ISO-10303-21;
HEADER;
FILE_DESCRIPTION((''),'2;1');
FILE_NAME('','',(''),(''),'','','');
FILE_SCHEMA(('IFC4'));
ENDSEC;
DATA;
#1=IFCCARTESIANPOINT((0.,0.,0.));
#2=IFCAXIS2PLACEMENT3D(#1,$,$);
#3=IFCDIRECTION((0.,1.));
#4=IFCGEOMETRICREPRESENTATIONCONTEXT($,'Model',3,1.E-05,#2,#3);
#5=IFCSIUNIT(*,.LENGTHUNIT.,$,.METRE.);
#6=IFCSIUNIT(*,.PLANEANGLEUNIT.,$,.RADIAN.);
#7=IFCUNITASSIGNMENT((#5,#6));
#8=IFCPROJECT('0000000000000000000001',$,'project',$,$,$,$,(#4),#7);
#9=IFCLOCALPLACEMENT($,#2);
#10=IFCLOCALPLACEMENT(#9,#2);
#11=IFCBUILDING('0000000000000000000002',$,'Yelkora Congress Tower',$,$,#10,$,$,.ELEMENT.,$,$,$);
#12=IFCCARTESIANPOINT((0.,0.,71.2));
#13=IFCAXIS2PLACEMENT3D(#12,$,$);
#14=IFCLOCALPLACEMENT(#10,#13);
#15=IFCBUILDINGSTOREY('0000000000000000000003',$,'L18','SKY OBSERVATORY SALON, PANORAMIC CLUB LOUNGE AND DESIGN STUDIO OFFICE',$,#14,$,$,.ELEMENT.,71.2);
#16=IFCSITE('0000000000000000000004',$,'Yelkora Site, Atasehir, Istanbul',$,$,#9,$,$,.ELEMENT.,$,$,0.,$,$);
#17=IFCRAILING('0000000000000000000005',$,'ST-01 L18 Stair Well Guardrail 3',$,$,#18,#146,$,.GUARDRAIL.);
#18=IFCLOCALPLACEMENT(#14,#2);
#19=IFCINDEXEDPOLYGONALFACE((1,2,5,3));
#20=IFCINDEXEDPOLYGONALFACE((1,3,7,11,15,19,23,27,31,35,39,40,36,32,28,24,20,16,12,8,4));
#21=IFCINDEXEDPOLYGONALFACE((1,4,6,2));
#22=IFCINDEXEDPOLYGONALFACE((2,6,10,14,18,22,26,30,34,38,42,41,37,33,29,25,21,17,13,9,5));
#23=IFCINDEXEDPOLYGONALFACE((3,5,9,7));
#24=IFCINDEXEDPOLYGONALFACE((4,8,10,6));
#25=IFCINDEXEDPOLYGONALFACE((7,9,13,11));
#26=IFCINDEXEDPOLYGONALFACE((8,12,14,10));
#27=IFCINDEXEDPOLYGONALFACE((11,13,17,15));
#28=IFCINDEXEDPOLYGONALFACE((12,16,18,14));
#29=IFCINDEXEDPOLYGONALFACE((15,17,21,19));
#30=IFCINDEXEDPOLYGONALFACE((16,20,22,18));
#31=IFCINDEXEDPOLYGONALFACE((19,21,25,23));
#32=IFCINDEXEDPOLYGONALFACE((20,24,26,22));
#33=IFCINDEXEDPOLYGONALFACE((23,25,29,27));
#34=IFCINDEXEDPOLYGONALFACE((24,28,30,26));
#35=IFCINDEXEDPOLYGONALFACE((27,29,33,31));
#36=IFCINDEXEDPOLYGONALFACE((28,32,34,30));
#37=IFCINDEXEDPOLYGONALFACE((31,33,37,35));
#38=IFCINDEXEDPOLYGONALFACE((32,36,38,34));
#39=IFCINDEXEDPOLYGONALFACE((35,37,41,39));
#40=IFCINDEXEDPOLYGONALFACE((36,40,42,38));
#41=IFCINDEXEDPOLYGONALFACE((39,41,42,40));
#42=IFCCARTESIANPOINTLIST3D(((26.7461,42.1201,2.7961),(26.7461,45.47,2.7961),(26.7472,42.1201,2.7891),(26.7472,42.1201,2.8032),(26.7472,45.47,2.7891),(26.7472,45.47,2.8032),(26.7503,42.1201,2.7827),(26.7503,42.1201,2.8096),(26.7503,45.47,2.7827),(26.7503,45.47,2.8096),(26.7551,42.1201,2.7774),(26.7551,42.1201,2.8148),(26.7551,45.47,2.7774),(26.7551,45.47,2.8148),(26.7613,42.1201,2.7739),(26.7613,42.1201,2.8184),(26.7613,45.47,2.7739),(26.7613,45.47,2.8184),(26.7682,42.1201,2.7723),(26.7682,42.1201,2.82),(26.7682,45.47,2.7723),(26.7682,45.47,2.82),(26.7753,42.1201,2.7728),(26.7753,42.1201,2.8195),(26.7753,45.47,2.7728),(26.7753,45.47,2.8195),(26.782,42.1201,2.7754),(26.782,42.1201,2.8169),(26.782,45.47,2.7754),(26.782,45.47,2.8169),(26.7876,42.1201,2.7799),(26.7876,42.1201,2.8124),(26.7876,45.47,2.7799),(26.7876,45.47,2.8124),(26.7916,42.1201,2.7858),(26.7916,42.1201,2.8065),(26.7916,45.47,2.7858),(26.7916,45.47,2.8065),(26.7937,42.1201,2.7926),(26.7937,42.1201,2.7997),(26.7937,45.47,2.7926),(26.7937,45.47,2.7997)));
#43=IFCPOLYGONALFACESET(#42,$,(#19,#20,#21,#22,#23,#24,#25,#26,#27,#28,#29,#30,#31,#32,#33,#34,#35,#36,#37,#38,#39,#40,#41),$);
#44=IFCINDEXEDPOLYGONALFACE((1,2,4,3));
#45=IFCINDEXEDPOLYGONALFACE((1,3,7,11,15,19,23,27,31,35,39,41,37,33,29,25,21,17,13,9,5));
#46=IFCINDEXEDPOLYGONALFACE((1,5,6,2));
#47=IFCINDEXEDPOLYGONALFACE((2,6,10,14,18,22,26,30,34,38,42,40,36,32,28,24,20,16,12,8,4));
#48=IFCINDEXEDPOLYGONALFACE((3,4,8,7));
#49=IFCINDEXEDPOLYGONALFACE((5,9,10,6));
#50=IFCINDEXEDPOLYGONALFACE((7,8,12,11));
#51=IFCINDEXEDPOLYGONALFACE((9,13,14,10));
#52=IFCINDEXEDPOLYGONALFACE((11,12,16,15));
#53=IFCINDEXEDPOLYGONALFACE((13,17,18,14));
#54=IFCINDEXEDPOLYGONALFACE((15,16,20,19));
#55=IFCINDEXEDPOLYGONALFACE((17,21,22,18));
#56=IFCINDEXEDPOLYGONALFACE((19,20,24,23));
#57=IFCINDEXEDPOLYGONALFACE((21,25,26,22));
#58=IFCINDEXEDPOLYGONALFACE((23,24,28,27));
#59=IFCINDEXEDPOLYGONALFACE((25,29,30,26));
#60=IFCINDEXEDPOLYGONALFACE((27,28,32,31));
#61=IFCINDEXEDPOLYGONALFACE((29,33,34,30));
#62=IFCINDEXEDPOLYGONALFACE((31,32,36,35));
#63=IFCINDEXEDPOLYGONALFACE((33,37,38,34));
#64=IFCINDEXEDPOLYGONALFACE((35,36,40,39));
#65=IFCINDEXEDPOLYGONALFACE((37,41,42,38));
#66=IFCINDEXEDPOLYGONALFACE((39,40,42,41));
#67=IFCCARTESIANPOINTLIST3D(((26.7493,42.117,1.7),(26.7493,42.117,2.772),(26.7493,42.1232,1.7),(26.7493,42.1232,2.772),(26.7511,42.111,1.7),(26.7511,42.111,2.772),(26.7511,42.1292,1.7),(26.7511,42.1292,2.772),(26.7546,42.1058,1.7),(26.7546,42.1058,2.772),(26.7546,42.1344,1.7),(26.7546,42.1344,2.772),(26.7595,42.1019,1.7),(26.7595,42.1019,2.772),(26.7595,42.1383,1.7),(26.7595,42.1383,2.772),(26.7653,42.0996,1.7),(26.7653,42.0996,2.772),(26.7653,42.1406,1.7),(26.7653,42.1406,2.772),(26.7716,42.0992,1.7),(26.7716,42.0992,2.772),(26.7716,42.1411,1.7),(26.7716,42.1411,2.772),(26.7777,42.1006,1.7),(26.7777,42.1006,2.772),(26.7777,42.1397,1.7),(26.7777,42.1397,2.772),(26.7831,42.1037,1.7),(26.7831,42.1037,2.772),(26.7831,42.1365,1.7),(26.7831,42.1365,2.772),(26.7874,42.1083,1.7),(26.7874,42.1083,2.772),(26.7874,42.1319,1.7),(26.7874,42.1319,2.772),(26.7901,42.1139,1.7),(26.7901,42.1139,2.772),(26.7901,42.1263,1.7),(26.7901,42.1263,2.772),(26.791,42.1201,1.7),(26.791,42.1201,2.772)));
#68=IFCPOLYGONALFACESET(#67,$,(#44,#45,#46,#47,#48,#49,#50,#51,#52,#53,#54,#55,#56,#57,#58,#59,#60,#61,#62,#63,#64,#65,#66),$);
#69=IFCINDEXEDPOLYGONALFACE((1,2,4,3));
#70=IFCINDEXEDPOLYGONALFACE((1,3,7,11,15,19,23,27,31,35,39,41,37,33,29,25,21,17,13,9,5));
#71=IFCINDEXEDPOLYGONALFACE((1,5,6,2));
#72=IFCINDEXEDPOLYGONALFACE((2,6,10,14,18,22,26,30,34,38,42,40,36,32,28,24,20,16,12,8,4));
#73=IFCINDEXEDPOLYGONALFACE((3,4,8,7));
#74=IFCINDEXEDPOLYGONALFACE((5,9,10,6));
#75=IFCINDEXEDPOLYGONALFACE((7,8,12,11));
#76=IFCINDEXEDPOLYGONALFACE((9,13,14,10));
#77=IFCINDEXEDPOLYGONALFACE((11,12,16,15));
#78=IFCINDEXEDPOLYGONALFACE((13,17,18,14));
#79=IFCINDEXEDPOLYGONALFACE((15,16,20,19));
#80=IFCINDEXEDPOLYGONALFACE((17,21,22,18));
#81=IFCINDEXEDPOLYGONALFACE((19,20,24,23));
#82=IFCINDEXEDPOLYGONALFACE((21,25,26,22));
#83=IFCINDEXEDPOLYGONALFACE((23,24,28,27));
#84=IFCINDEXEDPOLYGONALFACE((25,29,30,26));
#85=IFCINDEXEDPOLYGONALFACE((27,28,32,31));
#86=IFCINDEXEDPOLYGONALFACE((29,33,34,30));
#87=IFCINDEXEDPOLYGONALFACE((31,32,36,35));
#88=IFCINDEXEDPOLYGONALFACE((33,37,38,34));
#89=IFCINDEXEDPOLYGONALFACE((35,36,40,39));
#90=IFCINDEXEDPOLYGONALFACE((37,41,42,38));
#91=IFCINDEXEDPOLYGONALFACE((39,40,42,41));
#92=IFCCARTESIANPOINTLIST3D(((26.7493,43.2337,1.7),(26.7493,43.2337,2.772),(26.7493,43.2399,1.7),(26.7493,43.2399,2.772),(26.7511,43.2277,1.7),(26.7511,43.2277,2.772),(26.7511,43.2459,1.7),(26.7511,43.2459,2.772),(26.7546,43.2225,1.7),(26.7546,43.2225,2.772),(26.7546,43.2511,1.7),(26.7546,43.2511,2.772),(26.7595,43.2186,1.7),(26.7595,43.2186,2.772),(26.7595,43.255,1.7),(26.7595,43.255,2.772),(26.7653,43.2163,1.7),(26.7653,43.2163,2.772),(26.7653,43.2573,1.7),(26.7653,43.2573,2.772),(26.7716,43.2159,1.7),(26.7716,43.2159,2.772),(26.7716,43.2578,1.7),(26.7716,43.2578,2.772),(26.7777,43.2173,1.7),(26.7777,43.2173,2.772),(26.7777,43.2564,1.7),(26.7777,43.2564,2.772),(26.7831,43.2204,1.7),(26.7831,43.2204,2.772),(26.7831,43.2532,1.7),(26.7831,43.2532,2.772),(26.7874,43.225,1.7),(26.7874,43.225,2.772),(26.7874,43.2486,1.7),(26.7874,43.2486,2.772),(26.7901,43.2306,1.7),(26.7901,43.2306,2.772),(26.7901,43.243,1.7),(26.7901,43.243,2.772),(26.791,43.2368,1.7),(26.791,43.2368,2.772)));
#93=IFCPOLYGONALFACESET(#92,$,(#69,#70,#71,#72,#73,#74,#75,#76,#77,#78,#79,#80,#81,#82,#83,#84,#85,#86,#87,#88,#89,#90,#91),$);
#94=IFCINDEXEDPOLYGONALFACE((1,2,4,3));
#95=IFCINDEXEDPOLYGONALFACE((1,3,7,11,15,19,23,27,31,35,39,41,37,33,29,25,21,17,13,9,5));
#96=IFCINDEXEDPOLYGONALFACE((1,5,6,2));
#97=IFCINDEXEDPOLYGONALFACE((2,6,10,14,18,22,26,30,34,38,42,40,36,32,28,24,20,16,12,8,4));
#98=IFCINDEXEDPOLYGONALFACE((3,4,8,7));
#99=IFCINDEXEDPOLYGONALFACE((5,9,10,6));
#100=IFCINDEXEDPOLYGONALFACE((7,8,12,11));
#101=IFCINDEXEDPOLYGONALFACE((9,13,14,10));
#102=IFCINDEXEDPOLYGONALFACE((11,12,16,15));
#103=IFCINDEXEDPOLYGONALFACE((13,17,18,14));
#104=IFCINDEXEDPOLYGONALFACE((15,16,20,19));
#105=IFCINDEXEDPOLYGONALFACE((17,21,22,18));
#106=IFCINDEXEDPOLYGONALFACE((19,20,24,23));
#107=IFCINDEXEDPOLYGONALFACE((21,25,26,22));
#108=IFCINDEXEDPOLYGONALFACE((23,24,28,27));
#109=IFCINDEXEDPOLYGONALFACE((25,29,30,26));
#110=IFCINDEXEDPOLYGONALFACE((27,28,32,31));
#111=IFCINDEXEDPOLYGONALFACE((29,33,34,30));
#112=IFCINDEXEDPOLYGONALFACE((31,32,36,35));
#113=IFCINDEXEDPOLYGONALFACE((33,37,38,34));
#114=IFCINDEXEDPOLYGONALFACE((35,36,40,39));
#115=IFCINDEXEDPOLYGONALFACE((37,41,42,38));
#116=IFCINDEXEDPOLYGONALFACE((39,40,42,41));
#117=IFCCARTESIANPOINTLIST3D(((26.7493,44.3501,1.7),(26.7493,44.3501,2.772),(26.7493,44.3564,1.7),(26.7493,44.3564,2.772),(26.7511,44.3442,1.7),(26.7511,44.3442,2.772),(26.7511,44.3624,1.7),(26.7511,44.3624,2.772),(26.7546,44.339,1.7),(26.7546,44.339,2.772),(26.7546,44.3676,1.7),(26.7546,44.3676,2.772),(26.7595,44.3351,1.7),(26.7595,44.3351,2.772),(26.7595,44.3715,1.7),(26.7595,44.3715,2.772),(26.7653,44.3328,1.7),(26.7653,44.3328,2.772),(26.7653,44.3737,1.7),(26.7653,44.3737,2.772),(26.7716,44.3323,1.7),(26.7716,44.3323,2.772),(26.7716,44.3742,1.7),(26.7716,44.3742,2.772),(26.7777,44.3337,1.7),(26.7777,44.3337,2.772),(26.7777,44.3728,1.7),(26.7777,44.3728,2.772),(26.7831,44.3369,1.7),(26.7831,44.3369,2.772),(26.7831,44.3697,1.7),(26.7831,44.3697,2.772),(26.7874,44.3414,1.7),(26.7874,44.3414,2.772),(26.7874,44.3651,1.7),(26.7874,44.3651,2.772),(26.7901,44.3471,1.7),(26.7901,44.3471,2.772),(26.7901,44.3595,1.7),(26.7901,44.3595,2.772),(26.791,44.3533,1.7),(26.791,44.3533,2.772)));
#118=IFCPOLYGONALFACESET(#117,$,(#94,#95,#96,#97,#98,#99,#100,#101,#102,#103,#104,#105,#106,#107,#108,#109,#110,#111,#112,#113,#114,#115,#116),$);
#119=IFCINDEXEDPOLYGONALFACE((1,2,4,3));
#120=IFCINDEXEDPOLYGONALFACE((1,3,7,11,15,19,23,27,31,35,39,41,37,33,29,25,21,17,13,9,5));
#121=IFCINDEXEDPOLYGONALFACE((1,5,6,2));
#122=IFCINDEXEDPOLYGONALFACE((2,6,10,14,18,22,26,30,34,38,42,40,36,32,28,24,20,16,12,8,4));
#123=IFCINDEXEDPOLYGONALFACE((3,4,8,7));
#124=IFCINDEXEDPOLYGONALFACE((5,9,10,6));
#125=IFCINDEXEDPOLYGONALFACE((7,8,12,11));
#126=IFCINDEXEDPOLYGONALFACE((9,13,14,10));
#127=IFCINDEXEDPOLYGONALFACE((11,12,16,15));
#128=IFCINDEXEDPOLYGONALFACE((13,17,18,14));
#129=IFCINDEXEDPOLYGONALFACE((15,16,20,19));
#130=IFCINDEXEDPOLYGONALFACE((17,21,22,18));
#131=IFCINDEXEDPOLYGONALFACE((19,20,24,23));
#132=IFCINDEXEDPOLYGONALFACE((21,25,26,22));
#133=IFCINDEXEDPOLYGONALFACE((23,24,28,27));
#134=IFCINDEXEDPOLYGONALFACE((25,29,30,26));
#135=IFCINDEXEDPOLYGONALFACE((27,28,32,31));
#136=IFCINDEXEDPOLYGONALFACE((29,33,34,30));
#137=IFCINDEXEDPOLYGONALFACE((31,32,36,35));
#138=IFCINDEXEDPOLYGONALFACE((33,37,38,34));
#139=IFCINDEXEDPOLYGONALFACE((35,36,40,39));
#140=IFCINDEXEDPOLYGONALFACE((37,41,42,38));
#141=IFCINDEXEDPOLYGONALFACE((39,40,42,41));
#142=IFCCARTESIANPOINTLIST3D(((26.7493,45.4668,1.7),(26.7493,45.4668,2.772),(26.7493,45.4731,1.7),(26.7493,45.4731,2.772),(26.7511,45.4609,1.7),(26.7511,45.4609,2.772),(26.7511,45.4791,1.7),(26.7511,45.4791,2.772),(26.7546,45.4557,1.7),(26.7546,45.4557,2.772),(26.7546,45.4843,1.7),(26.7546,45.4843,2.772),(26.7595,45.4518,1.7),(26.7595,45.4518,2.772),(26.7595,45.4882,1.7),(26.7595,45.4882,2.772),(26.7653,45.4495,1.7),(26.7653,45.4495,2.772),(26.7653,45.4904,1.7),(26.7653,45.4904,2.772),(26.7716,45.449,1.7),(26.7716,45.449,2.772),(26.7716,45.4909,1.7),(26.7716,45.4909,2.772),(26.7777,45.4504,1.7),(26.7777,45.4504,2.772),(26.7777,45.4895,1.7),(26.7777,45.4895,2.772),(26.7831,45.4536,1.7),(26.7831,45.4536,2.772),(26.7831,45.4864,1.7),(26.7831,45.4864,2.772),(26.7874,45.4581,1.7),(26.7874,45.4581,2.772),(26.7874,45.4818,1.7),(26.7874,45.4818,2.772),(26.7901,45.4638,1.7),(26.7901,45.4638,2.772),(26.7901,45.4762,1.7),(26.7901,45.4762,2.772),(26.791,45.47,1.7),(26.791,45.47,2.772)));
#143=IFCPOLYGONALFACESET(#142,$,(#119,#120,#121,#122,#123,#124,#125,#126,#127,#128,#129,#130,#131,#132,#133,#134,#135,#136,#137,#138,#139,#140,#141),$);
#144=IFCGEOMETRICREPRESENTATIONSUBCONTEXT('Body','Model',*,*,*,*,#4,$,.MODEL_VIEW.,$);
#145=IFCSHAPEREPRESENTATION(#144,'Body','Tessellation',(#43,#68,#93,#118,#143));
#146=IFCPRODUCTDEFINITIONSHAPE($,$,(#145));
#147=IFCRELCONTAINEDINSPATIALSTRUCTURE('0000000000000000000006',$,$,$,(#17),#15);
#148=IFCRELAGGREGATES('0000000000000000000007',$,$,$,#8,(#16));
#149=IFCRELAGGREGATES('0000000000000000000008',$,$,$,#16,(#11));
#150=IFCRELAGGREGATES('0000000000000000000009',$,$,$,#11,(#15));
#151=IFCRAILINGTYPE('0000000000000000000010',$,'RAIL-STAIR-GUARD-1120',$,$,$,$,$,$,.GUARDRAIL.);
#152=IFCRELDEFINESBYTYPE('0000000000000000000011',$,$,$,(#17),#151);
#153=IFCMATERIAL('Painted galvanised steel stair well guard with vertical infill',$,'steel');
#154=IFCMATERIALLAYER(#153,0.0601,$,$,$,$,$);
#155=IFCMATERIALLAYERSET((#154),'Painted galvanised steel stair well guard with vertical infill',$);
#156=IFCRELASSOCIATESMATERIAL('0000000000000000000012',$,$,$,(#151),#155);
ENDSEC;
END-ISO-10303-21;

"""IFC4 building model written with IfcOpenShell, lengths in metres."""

from ifc_helpers import new_model, si_unit, direction, frame, origin, origin_2d, place, context, subcontext, project, spatial, circle, extrude, material, layer, layer_set, type_object, element, save


model = new_model("IFC4")

# Units and contexts
model_context = context("Model", 3, precision=1e-05, world=origin(), true_north=direction((0.0, 1.0)))
body_context = subcontext(model_context, "Body", "Model", "MODEL_VIEW")
ifc_project = project(units=[si_unit("LENGTHUNIT", "METRE"), si_unit("PLANEANGLEUNIT", "RADIAN")], contexts=[model_context])

# Site, building, storey
site_placement = place(None, origin())
site = spatial("IfcSite", under=ifc_project, at=site_placement, Name="Yelkora Site, Atasehir, Istanbul", CompositionType="ELEMENT", RefElevation=0.0)
building_placement = place(site_placement, origin())
building = spatial("IfcBuilding", under=site, at=building_placement, Name="Yelkora Congress Tower", CompositionType="ELEMENT")
storey_placement = place(building_placement, frame((0.0, 0.0, 71.2)))
storey = spatial("IfcBuildingStorey", under=building, at=storey_placement, Name="L18", Description="SKY OBSERVATORY SALON, PANORAMIC CLUB LOUNGE AND DESIGN STUDIO OFFICE", CompositionType="ELEMENT", Elevation=71.2)

# Railing
ifc_material_1 = material(Name="Painted galvanised steel stair well guard with vertical infill", Category="steel")
ifc_layer_1 = layer(ifc_material_1, 0.0601)
ifc_layer_set_1 = layer_set([ifc_layer_1], Name="Painted galvanised steel stair well guard with vertical infill")
railing_type_1 = type_object("IfcRailingType", Name="RAIL-STAIR-GUARD-1120", PredefinedType="GUARDRAIL", material=ifc_layer_set_1)
for number, where, name in (
    (1, (26.77, 42.1201, 1.7), "ST-01 L18 Stair Well Guardrail 3"),
):
    element("IfcRailing", number, at=place(storey_placement, frame(where)), inside=storey, type_object=railing_type_1, Name=name, PredefinedType="GUARDRAIL", context=body_context, shape_type="SweptSolid", body=[
        extrude(circle(Radius=0.0239, at=origin_2d()), frame((0.0, 0.0, 1.0962), z_axis=(0.0, 1.0, 0.0), x_axis=(-1.0, 0.0, 0.0)), (0.0, 0.0, 1.0), 3.3499),
        extrude(circle(Radius=0.021, at=origin_2d()), origin(), (0.0, 0.0, 1.0), 1.072),
        extrude(circle(Radius=0.021, at=origin_2d()), frame((0.0, 1.1167, 0.0)), (0.0, 0.0, 1.0), 1.072),
        extrude(circle(Radius=0.021, at=origin_2d()), frame((0.0, 2.2332, 0.0)), (0.0, 0.0, 1.0), 1.072),
        extrude(circle(Radius=0.021, at=origin_2d()), frame((0.0, 3.3499, 0.0)), (0.0, 0.0, 1.0), 1.072),
    ])

save(model, "model.ifc")
